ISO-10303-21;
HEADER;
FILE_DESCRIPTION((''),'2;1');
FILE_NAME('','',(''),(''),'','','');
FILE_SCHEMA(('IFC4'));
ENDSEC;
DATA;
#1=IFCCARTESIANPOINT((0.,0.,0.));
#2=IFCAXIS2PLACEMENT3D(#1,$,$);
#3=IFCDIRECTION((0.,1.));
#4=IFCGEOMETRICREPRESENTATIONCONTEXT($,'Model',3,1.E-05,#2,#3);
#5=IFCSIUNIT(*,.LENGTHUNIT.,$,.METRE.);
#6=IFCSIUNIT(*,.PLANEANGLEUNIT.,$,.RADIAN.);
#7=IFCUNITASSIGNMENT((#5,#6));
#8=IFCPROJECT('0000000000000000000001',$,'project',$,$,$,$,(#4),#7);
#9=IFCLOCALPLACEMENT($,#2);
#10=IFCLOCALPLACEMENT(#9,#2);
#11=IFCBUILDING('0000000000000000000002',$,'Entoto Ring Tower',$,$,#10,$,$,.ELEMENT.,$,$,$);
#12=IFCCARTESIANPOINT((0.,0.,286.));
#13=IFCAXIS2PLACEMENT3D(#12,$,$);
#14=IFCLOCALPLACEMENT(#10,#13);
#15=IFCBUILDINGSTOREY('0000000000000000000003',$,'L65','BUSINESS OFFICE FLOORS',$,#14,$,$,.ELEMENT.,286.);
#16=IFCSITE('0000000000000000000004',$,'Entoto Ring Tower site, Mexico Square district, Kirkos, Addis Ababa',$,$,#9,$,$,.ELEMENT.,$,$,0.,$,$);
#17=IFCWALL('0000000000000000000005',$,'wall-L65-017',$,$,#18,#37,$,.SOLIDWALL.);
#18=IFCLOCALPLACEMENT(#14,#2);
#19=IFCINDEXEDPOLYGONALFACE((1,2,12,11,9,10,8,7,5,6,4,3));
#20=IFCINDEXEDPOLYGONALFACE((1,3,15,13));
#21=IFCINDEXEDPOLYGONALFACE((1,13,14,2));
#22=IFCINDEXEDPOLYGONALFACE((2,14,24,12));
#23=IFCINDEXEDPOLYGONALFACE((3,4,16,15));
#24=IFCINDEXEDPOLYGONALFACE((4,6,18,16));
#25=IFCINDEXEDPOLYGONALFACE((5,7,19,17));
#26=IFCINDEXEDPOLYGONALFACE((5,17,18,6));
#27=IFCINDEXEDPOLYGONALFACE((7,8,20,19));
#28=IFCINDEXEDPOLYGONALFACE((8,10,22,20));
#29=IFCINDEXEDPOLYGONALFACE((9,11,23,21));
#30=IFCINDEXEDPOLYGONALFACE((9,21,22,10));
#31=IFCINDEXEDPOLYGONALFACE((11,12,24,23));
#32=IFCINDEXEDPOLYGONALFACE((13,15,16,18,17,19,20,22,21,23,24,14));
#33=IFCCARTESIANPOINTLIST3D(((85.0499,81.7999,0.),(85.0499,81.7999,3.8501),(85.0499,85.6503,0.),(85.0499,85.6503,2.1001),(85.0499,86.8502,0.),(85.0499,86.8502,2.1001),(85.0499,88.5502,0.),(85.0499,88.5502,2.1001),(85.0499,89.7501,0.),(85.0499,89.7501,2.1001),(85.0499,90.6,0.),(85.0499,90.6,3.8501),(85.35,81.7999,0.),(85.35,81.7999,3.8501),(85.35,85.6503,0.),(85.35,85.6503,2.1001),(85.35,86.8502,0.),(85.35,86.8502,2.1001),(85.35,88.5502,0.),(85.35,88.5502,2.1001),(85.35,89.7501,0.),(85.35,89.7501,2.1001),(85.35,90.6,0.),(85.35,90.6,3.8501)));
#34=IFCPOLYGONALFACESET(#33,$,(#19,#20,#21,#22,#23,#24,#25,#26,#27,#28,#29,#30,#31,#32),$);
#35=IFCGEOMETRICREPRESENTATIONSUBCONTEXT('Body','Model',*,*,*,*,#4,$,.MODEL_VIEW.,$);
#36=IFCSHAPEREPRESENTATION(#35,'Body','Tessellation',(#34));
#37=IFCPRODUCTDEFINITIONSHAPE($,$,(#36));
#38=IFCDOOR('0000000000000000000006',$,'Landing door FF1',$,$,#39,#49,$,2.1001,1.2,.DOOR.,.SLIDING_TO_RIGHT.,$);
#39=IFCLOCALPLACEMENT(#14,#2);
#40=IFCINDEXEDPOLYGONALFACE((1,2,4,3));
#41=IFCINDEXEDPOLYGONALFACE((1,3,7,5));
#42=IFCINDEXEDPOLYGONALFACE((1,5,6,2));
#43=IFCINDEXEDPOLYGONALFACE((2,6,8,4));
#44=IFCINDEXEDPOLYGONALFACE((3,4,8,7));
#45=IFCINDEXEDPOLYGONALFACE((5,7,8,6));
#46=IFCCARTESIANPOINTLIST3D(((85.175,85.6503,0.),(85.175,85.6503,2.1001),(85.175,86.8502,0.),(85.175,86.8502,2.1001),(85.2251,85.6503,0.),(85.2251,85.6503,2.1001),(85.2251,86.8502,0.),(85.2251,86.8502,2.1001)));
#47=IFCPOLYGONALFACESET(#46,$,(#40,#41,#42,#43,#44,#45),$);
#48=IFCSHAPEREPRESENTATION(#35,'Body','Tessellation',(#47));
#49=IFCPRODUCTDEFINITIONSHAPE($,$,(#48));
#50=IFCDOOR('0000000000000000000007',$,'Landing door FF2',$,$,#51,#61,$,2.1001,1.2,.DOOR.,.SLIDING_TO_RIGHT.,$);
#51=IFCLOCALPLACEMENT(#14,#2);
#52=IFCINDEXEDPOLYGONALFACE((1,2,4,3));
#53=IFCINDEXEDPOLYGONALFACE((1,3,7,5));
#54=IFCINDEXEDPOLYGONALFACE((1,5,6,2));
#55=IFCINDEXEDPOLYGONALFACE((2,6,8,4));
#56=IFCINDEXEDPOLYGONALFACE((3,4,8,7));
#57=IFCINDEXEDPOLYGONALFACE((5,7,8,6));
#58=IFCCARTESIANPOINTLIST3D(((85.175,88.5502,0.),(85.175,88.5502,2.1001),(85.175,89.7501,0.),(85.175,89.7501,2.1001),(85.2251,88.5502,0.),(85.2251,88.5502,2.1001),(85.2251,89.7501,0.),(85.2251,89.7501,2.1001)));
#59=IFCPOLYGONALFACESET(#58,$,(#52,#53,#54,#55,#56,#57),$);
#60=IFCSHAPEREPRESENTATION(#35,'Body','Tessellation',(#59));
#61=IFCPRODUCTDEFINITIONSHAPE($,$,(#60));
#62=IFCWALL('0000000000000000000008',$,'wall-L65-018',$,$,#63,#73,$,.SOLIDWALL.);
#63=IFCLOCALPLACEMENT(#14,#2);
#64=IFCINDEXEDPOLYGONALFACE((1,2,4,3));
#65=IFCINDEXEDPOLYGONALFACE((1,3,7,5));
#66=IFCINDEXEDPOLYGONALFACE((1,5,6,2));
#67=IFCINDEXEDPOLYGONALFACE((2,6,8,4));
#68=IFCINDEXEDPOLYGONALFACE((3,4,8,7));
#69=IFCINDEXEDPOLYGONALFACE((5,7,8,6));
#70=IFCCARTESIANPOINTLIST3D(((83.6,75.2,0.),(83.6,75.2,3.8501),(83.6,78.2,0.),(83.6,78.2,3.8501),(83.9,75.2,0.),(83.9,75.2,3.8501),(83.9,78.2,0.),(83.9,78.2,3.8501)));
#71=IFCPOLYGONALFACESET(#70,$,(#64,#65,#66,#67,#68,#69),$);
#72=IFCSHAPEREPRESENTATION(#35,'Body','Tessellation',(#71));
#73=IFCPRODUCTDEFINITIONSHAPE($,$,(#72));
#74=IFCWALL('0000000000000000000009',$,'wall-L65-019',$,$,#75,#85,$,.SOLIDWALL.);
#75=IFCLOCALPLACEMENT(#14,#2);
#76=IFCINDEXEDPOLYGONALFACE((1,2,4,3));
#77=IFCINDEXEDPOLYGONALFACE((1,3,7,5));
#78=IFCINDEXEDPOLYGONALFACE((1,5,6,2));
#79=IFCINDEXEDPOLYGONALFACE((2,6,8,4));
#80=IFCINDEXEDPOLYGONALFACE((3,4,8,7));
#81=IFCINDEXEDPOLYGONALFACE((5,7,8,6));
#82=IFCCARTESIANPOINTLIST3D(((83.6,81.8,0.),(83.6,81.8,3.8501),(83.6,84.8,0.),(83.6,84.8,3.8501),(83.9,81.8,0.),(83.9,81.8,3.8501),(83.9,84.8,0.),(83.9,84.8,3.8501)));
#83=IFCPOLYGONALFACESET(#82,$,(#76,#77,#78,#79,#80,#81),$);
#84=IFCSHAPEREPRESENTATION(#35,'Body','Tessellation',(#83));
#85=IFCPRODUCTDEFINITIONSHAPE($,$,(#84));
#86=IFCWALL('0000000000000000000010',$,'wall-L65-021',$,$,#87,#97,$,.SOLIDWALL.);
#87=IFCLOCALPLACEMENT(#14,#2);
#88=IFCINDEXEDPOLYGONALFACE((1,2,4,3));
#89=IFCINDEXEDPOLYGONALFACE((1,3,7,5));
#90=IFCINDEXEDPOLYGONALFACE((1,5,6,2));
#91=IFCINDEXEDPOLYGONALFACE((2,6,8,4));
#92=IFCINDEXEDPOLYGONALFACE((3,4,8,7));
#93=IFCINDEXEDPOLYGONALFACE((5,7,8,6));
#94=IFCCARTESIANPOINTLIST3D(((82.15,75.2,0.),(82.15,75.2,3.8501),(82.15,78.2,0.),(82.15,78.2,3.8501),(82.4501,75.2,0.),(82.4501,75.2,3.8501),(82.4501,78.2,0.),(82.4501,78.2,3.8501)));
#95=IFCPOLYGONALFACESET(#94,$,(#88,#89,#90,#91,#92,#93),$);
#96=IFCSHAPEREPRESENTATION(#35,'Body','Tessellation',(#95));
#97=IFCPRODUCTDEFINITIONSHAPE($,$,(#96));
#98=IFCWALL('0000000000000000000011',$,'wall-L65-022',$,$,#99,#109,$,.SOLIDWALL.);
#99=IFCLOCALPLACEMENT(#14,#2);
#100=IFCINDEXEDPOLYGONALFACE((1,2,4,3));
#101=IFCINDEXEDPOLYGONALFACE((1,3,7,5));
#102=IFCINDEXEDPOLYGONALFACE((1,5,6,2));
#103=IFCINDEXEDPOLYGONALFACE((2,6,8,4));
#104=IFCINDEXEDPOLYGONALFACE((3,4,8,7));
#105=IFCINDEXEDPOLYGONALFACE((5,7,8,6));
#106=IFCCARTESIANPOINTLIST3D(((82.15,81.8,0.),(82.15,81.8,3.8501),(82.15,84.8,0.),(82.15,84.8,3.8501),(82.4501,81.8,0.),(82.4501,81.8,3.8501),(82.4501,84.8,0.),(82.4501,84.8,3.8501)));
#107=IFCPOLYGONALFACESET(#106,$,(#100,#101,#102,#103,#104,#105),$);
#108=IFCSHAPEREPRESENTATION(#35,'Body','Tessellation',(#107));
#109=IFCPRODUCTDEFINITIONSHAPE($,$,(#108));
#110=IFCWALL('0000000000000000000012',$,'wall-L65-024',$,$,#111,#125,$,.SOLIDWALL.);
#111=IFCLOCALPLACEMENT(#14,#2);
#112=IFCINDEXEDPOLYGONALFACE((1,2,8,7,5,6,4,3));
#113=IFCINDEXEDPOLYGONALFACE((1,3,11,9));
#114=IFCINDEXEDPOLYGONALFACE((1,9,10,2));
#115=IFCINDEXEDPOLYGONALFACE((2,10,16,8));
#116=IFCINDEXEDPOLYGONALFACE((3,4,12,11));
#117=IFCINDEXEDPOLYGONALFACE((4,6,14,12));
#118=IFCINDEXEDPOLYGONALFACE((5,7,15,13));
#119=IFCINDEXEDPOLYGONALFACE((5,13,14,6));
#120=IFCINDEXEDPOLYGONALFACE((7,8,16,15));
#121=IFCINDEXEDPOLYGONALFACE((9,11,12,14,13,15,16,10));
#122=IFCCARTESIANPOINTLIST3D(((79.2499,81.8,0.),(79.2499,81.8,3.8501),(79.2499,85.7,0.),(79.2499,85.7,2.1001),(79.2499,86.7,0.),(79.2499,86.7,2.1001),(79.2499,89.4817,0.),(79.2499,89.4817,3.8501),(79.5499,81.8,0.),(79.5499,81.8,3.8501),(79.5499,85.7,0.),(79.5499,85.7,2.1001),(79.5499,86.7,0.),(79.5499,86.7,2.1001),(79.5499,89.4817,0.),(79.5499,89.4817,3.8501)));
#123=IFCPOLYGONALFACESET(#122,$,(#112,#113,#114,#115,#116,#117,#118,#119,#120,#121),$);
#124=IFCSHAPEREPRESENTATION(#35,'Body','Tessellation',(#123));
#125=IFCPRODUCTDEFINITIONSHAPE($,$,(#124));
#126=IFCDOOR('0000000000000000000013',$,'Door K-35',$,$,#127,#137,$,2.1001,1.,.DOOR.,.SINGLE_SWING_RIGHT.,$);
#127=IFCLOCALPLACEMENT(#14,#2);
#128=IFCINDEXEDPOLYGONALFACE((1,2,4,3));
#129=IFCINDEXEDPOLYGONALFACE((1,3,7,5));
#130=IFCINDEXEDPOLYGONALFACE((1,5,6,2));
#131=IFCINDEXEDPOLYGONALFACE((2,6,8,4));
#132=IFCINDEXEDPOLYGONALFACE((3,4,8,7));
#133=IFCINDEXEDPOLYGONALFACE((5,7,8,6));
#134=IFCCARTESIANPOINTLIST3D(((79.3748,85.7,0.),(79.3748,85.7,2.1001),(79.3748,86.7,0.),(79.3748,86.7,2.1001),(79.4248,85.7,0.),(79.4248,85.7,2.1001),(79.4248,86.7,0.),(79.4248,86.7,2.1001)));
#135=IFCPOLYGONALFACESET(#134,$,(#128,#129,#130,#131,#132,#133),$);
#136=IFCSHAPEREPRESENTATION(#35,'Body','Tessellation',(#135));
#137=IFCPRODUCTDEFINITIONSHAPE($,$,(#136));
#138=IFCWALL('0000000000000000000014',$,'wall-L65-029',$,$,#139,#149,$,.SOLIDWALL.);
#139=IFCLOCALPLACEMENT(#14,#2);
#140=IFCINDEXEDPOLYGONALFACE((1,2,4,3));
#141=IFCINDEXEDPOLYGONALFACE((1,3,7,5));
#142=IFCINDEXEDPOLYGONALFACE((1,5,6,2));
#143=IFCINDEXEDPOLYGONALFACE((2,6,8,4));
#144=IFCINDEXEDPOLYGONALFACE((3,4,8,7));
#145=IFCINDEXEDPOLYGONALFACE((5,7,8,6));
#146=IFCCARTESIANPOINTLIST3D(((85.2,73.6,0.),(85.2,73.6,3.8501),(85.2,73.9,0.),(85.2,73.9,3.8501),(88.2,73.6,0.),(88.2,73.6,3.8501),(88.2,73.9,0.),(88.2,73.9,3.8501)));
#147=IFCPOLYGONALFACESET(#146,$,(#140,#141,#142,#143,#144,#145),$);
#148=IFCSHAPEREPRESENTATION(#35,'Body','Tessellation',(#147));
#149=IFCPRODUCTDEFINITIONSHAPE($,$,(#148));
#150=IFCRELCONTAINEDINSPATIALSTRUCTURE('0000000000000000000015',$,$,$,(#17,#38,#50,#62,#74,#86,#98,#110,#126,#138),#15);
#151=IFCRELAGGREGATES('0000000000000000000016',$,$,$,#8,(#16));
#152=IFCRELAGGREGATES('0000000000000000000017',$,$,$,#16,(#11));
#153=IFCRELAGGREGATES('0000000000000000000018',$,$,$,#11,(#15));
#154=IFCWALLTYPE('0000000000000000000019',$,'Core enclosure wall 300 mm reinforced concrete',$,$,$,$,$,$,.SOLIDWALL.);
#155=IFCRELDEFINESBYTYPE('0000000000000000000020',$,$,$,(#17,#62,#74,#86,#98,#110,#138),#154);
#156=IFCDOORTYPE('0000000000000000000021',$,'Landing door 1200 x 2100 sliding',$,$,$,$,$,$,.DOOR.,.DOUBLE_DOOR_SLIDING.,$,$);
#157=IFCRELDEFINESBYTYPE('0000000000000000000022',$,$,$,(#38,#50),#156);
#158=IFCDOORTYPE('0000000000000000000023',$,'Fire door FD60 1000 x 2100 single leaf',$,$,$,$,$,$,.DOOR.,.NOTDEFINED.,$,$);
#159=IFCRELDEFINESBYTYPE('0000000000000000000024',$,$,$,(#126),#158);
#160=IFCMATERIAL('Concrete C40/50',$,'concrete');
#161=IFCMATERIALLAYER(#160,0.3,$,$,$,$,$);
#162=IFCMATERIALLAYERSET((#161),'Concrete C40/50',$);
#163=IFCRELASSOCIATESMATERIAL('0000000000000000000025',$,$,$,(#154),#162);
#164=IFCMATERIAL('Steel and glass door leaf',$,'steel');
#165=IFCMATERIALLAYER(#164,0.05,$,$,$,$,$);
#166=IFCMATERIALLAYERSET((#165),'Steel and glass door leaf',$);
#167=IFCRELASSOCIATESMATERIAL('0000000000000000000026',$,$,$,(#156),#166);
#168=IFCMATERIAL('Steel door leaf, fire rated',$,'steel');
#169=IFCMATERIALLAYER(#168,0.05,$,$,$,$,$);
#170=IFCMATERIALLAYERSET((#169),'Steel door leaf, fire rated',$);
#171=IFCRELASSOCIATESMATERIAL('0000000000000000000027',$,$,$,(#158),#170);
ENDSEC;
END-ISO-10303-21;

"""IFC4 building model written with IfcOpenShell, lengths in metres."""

from ifc_helpers import new_model, si_unit, direction, frame, frame_2d, origin, place, context, subcontext, project, spatial, rectangle, extrude, material, layer, layer_set, type_object, element, fill, save


model = new_model("IFC4")

# Units and contexts
model_context = context("Model", 3, precision=1e-05, world=origin(), true_north=direction((0.0, 1.0)))
body_context = subcontext(model_context, "Body", "Model", "MODEL_VIEW")
ifc_project = project(units=[si_unit("LENGTHUNIT", "METRE"), si_unit("PLANEANGLEUNIT", "RADIAN")], contexts=[model_context])

# Site, building, storey
site_placement = place(None, origin())
site = spatial("IfcSite", under=ifc_project, at=site_placement, Name="Entoto Ring Tower site, Mexico Square district, Kirkos, Addis Ababa", CompositionType="ELEMENT", RefElevation=0.0)
building_placement = place(site_placement, origin())
building = spatial("IfcBuilding", under=site, at=building_placement, Name="Entoto Ring Tower", CompositionType="ELEMENT")
storey_placement = place(building_placement, frame((0.0, 0.0, 286.0)))
storey = spatial("IfcBuildingStorey", under=building, at=storey_placement, Name="L65", Description="BUSINESS OFFICE FLOORS", CompositionType="ELEMENT", Elevation=286.0)

# Wall, openings, doors
ifc_material_1 = material(Name="Concrete C40/50", Category="concrete")
ifc_layer_1 = layer(ifc_material_1, 0.3)
ifc_layer_set_1 = layer_set([ifc_layer_1], Name="Concrete C40/50")
wall_type = type_object("IfcWallType", Name="Core enclosure wall 300 mm reinforced concrete", PredefinedType="SOLIDWALL", material=ifc_layer_set_1)
wall_1_placement = place(storey_placement, frame((85.2, 81.8, 0.0), z_axis=(0.0, 0.0, 1.0), x_axis=(0.0, 1.0, 0.0)))
wall_1 = element("IfcWall", 1, at=wall_1_placement, inside=storey, type_object=wall_type, Name="wall-L65-017", PredefinedType="SOLIDWALL", context=body_context, shape_type="SweptSolid", body=[
    extrude(rectangle(XDim=8.8, YDim=0.3, at=frame_2d((4.3999, 0.0))), origin(), (0.0, 0.0, 1.0), 3.8501),
])
opening_1_placement = place(wall_1_placement, frame((3.8501, 0.0, 0.0)))
opening_1 = element("IfcOpeningElement", 2, at=opening_1_placement, cuts=wall_1, PredefinedType="OPENING", context=body_context, shape_type="SweptSolid", body=[
    extrude(rectangle(XDim=1.2, YDim=2.1001, at=frame_2d((0.6001, 1.05))), frame((0.0, 0.1602, 0.0), z_axis=(0.0, -1.0, 0.0), x_axis=(1.0, 0.0, 0.0)), (0.0, 0.0, 1.0), 0.3201),
])
opening_2_placement = place(wall_1_placement, frame((6.75, 0.0, 0.0)))
opening_2 = element("IfcOpeningElement", 3, at=opening_2_placement, cuts=wall_1, PredefinedType="OPENING", context=body_context, shape_type="SweptSolid", body=[
    extrude(rectangle(XDim=1.2, YDim=2.1001, at=frame_2d((0.6001, 1.05))), frame((0.0, 0.1602, 0.0), z_axis=(0.0, -1.0, 0.0), x_axis=(1.0, 0.0, 0.0)), (0.0, 0.0, 1.0), 0.3201),
])
ifc_material_2 = material(Name="Steel and glass door leaf", Category="steel")
ifc_layer_2 = layer(ifc_material_2, 0.05)
ifc_layer_set_2 = layer_set([ifc_layer_2], Name="Steel and glass door leaf")
door_type_1 = type_object("IfcDoorType", Name="Landing door 1200 x 2100 sliding", OperationType="DOUBLE_DOOR_SLIDING", PredefinedType="DOOR", material=ifc_layer_set_2)
door_1_placement = place(opening_1_placement, origin())
door_1 = element("IfcDoor", 4, at=door_1_placement, inside=storey, type_object=door_type_1, Name="Landing door FF1", OperationType="SLIDING_TO_RIGHT", OverallHeight=2.1001, OverallWidth=1.2, PredefinedType="DOOR", context=body_context, shape_type="SweptSolid", body=[
    extrude(rectangle(XDim=1.2, YDim=2.1001, at=frame_2d((0.6001, 1.05))), frame((0.0, 0.0249, 0.0), z_axis=(0.0, -1.0, 0.0), x_axis=(1.0, 0.0, 0.0)), (0.0, 0.0, 1.0), 0.05),
])
fill(opening_1, door_1)
door_2_placement = place(opening_2_placement, origin())
door_2 = element("IfcDoor", 5, at=door_2_placement, inside=storey, type_object=door_type_1, Name="Landing door FF2", OperationType="SLIDING_TO_RIGHT", OverallHeight=2.1001, OverallWidth=1.2, PredefinedType="DOOR", context=body_context, shape_type="SweptSolid", body=[
    extrude(rectangle(XDim=1.2, YDim=2.1001, at=frame_2d((0.6001, 1.05))), frame((0.0, 0.0249, 0.0), z_axis=(0.0, -1.0, 0.0), x_axis=(1.0, 0.0, 0.0)), (0.0, 0.0, 1.0), 0.05),
])
fill(opening_2, door_2)

# Walls
for number, where, z_axis, x_axis, name in (
    (6, (83.75, 75.2, 0.0), (0.0, 0.0, 1.0), (0.0, 1.0, 0.0), "wall-L65-018"),
    (7, (83.75, 81.8, 0.0), (0.0, 0.0, 1.0), (0.0, 1.0, 0.0), "wall-L65-019"),
    (8, (82.3, 75.2, 0.0), (0.0, 0.0, 1.0), (0.0, 1.0, 0.0), "wall-L65-021"),
    (9, (82.3, 81.8, 0.0), (0.0, 0.0, 1.0), (0.0, 1.0, 0.0), "wall-L65-022"),
):
    element("IfcWall", number, at=place(storey_placement, frame(where, z_axis=z_axis, x_axis=x_axis)), inside=storey, type_object=wall_type, Name=name, PredefinedType="SOLIDWALL", context=body_context, shape_type="SweptSolid", body=[
        extrude(rectangle(XDim=3.0, YDim=0.3, at=frame_2d((1.5, 0.0))), origin(), (0.0, 0.0, 1.0), 3.8501),
    ])

# Wall, opening, door
wall_2_placement = place(storey_placement, frame((79.3999, 81.8, 0.0), z_axis=(0.0, 0.0, 1.0), x_axis=(0.0, 1.0, 0.0)))
wall_2 = element("IfcWall", 10, at=wall_2_placement, inside=storey, type_object=wall_type, Name="wall-L65-024", PredefinedType="SOLIDWALL", context=body_context, shape_type="SweptSolid", body=[
    extrude(rectangle(XDim=7.6816, YDim=0.3, at=frame_2d((3.8408, 0.0))), origin(), (0.0, 0.0, 1.0), 3.8501),
])
opening_3_placement = place(wall_2_placement, frame((3.8999, 0.0, 0.0)))
opening_3 = element("IfcOpeningElement", 11, at=opening_3_placement, cuts=wall_2, PredefinedType="OPENING", context=body_context, shape_type="SweptSolid", body=[
    extrude(rectangle(XDim=1.0, YDim=2.1001, at=frame_2d((0.5, 1.05))), frame((0.0, 0.1602, 0.0), z_axis=(0.0, -1.0, 0.0), x_axis=(1.0, 0.0, 0.0)), (0.0, 0.0, 1.0), 0.3201),
])
ifc_material_3 = material(Name="Steel door leaf, fire rated", Category="steel")
ifc_layer_3 = layer(ifc_material_3, 0.05)
ifc_layer_set_3 = layer_set([ifc_layer_3], Name="Steel door leaf, fire rated")
door_type_2 = type_object("IfcDoorType", Name="Fire door FD60 1000 x 2100 single leaf", OperationType="NOTDEFINED", PredefinedType="DOOR", material=ifc_layer_set_3)
door_3_placement = place(opening_3_placement, frame((1.0, 0.0, 0.0), z_axis=(0.0, 0.0, 1.0), x_axis=(-1.0, 0.0, 0.0)))
door_3 = element("IfcDoor", 12, at=door_3_placement, inside=storey, type_object=door_type_2, Name="Door K-35", OperationType="SINGLE_SWING_RIGHT", OverallHeight=2.1001, OverallWidth=1.0, PredefinedType="DOOR", context=body_context, shape_type="SweptSolid", body=[
    extrude(rectangle(XDim=1.0, YDim=2.1001, at=frame_2d((0.5, 1.05))), frame((0.0, 0.0249, 0.0), z_axis=(0.0, -1.0, 0.0), x_axis=(1.0, 0.0, 0.0)), (0.0, 0.0, 1.0), 0.05),
])
fill(opening_3, door_3)

# Wall
wall_3_placement = place(storey_placement, frame((85.2, 73.75, 0.0), z_axis=(0.0, 0.0, 1.0), x_axis=(1.0, 0.0, 0.0)))
element("IfcWall", 13, at=wall_3_placement, inside=storey, type_object=wall_type, Name="wall-L65-029", PredefinedType="SOLIDWALL", context=body_context, shape_type="SweptSolid", body=[
    extrude(rectangle(XDim=3.0, YDim=0.3, at=frame_2d((1.5, 0.0))), origin(), (0.0, 0.0, 1.0), 3.8501),
])

save(model, "model.ifc")
